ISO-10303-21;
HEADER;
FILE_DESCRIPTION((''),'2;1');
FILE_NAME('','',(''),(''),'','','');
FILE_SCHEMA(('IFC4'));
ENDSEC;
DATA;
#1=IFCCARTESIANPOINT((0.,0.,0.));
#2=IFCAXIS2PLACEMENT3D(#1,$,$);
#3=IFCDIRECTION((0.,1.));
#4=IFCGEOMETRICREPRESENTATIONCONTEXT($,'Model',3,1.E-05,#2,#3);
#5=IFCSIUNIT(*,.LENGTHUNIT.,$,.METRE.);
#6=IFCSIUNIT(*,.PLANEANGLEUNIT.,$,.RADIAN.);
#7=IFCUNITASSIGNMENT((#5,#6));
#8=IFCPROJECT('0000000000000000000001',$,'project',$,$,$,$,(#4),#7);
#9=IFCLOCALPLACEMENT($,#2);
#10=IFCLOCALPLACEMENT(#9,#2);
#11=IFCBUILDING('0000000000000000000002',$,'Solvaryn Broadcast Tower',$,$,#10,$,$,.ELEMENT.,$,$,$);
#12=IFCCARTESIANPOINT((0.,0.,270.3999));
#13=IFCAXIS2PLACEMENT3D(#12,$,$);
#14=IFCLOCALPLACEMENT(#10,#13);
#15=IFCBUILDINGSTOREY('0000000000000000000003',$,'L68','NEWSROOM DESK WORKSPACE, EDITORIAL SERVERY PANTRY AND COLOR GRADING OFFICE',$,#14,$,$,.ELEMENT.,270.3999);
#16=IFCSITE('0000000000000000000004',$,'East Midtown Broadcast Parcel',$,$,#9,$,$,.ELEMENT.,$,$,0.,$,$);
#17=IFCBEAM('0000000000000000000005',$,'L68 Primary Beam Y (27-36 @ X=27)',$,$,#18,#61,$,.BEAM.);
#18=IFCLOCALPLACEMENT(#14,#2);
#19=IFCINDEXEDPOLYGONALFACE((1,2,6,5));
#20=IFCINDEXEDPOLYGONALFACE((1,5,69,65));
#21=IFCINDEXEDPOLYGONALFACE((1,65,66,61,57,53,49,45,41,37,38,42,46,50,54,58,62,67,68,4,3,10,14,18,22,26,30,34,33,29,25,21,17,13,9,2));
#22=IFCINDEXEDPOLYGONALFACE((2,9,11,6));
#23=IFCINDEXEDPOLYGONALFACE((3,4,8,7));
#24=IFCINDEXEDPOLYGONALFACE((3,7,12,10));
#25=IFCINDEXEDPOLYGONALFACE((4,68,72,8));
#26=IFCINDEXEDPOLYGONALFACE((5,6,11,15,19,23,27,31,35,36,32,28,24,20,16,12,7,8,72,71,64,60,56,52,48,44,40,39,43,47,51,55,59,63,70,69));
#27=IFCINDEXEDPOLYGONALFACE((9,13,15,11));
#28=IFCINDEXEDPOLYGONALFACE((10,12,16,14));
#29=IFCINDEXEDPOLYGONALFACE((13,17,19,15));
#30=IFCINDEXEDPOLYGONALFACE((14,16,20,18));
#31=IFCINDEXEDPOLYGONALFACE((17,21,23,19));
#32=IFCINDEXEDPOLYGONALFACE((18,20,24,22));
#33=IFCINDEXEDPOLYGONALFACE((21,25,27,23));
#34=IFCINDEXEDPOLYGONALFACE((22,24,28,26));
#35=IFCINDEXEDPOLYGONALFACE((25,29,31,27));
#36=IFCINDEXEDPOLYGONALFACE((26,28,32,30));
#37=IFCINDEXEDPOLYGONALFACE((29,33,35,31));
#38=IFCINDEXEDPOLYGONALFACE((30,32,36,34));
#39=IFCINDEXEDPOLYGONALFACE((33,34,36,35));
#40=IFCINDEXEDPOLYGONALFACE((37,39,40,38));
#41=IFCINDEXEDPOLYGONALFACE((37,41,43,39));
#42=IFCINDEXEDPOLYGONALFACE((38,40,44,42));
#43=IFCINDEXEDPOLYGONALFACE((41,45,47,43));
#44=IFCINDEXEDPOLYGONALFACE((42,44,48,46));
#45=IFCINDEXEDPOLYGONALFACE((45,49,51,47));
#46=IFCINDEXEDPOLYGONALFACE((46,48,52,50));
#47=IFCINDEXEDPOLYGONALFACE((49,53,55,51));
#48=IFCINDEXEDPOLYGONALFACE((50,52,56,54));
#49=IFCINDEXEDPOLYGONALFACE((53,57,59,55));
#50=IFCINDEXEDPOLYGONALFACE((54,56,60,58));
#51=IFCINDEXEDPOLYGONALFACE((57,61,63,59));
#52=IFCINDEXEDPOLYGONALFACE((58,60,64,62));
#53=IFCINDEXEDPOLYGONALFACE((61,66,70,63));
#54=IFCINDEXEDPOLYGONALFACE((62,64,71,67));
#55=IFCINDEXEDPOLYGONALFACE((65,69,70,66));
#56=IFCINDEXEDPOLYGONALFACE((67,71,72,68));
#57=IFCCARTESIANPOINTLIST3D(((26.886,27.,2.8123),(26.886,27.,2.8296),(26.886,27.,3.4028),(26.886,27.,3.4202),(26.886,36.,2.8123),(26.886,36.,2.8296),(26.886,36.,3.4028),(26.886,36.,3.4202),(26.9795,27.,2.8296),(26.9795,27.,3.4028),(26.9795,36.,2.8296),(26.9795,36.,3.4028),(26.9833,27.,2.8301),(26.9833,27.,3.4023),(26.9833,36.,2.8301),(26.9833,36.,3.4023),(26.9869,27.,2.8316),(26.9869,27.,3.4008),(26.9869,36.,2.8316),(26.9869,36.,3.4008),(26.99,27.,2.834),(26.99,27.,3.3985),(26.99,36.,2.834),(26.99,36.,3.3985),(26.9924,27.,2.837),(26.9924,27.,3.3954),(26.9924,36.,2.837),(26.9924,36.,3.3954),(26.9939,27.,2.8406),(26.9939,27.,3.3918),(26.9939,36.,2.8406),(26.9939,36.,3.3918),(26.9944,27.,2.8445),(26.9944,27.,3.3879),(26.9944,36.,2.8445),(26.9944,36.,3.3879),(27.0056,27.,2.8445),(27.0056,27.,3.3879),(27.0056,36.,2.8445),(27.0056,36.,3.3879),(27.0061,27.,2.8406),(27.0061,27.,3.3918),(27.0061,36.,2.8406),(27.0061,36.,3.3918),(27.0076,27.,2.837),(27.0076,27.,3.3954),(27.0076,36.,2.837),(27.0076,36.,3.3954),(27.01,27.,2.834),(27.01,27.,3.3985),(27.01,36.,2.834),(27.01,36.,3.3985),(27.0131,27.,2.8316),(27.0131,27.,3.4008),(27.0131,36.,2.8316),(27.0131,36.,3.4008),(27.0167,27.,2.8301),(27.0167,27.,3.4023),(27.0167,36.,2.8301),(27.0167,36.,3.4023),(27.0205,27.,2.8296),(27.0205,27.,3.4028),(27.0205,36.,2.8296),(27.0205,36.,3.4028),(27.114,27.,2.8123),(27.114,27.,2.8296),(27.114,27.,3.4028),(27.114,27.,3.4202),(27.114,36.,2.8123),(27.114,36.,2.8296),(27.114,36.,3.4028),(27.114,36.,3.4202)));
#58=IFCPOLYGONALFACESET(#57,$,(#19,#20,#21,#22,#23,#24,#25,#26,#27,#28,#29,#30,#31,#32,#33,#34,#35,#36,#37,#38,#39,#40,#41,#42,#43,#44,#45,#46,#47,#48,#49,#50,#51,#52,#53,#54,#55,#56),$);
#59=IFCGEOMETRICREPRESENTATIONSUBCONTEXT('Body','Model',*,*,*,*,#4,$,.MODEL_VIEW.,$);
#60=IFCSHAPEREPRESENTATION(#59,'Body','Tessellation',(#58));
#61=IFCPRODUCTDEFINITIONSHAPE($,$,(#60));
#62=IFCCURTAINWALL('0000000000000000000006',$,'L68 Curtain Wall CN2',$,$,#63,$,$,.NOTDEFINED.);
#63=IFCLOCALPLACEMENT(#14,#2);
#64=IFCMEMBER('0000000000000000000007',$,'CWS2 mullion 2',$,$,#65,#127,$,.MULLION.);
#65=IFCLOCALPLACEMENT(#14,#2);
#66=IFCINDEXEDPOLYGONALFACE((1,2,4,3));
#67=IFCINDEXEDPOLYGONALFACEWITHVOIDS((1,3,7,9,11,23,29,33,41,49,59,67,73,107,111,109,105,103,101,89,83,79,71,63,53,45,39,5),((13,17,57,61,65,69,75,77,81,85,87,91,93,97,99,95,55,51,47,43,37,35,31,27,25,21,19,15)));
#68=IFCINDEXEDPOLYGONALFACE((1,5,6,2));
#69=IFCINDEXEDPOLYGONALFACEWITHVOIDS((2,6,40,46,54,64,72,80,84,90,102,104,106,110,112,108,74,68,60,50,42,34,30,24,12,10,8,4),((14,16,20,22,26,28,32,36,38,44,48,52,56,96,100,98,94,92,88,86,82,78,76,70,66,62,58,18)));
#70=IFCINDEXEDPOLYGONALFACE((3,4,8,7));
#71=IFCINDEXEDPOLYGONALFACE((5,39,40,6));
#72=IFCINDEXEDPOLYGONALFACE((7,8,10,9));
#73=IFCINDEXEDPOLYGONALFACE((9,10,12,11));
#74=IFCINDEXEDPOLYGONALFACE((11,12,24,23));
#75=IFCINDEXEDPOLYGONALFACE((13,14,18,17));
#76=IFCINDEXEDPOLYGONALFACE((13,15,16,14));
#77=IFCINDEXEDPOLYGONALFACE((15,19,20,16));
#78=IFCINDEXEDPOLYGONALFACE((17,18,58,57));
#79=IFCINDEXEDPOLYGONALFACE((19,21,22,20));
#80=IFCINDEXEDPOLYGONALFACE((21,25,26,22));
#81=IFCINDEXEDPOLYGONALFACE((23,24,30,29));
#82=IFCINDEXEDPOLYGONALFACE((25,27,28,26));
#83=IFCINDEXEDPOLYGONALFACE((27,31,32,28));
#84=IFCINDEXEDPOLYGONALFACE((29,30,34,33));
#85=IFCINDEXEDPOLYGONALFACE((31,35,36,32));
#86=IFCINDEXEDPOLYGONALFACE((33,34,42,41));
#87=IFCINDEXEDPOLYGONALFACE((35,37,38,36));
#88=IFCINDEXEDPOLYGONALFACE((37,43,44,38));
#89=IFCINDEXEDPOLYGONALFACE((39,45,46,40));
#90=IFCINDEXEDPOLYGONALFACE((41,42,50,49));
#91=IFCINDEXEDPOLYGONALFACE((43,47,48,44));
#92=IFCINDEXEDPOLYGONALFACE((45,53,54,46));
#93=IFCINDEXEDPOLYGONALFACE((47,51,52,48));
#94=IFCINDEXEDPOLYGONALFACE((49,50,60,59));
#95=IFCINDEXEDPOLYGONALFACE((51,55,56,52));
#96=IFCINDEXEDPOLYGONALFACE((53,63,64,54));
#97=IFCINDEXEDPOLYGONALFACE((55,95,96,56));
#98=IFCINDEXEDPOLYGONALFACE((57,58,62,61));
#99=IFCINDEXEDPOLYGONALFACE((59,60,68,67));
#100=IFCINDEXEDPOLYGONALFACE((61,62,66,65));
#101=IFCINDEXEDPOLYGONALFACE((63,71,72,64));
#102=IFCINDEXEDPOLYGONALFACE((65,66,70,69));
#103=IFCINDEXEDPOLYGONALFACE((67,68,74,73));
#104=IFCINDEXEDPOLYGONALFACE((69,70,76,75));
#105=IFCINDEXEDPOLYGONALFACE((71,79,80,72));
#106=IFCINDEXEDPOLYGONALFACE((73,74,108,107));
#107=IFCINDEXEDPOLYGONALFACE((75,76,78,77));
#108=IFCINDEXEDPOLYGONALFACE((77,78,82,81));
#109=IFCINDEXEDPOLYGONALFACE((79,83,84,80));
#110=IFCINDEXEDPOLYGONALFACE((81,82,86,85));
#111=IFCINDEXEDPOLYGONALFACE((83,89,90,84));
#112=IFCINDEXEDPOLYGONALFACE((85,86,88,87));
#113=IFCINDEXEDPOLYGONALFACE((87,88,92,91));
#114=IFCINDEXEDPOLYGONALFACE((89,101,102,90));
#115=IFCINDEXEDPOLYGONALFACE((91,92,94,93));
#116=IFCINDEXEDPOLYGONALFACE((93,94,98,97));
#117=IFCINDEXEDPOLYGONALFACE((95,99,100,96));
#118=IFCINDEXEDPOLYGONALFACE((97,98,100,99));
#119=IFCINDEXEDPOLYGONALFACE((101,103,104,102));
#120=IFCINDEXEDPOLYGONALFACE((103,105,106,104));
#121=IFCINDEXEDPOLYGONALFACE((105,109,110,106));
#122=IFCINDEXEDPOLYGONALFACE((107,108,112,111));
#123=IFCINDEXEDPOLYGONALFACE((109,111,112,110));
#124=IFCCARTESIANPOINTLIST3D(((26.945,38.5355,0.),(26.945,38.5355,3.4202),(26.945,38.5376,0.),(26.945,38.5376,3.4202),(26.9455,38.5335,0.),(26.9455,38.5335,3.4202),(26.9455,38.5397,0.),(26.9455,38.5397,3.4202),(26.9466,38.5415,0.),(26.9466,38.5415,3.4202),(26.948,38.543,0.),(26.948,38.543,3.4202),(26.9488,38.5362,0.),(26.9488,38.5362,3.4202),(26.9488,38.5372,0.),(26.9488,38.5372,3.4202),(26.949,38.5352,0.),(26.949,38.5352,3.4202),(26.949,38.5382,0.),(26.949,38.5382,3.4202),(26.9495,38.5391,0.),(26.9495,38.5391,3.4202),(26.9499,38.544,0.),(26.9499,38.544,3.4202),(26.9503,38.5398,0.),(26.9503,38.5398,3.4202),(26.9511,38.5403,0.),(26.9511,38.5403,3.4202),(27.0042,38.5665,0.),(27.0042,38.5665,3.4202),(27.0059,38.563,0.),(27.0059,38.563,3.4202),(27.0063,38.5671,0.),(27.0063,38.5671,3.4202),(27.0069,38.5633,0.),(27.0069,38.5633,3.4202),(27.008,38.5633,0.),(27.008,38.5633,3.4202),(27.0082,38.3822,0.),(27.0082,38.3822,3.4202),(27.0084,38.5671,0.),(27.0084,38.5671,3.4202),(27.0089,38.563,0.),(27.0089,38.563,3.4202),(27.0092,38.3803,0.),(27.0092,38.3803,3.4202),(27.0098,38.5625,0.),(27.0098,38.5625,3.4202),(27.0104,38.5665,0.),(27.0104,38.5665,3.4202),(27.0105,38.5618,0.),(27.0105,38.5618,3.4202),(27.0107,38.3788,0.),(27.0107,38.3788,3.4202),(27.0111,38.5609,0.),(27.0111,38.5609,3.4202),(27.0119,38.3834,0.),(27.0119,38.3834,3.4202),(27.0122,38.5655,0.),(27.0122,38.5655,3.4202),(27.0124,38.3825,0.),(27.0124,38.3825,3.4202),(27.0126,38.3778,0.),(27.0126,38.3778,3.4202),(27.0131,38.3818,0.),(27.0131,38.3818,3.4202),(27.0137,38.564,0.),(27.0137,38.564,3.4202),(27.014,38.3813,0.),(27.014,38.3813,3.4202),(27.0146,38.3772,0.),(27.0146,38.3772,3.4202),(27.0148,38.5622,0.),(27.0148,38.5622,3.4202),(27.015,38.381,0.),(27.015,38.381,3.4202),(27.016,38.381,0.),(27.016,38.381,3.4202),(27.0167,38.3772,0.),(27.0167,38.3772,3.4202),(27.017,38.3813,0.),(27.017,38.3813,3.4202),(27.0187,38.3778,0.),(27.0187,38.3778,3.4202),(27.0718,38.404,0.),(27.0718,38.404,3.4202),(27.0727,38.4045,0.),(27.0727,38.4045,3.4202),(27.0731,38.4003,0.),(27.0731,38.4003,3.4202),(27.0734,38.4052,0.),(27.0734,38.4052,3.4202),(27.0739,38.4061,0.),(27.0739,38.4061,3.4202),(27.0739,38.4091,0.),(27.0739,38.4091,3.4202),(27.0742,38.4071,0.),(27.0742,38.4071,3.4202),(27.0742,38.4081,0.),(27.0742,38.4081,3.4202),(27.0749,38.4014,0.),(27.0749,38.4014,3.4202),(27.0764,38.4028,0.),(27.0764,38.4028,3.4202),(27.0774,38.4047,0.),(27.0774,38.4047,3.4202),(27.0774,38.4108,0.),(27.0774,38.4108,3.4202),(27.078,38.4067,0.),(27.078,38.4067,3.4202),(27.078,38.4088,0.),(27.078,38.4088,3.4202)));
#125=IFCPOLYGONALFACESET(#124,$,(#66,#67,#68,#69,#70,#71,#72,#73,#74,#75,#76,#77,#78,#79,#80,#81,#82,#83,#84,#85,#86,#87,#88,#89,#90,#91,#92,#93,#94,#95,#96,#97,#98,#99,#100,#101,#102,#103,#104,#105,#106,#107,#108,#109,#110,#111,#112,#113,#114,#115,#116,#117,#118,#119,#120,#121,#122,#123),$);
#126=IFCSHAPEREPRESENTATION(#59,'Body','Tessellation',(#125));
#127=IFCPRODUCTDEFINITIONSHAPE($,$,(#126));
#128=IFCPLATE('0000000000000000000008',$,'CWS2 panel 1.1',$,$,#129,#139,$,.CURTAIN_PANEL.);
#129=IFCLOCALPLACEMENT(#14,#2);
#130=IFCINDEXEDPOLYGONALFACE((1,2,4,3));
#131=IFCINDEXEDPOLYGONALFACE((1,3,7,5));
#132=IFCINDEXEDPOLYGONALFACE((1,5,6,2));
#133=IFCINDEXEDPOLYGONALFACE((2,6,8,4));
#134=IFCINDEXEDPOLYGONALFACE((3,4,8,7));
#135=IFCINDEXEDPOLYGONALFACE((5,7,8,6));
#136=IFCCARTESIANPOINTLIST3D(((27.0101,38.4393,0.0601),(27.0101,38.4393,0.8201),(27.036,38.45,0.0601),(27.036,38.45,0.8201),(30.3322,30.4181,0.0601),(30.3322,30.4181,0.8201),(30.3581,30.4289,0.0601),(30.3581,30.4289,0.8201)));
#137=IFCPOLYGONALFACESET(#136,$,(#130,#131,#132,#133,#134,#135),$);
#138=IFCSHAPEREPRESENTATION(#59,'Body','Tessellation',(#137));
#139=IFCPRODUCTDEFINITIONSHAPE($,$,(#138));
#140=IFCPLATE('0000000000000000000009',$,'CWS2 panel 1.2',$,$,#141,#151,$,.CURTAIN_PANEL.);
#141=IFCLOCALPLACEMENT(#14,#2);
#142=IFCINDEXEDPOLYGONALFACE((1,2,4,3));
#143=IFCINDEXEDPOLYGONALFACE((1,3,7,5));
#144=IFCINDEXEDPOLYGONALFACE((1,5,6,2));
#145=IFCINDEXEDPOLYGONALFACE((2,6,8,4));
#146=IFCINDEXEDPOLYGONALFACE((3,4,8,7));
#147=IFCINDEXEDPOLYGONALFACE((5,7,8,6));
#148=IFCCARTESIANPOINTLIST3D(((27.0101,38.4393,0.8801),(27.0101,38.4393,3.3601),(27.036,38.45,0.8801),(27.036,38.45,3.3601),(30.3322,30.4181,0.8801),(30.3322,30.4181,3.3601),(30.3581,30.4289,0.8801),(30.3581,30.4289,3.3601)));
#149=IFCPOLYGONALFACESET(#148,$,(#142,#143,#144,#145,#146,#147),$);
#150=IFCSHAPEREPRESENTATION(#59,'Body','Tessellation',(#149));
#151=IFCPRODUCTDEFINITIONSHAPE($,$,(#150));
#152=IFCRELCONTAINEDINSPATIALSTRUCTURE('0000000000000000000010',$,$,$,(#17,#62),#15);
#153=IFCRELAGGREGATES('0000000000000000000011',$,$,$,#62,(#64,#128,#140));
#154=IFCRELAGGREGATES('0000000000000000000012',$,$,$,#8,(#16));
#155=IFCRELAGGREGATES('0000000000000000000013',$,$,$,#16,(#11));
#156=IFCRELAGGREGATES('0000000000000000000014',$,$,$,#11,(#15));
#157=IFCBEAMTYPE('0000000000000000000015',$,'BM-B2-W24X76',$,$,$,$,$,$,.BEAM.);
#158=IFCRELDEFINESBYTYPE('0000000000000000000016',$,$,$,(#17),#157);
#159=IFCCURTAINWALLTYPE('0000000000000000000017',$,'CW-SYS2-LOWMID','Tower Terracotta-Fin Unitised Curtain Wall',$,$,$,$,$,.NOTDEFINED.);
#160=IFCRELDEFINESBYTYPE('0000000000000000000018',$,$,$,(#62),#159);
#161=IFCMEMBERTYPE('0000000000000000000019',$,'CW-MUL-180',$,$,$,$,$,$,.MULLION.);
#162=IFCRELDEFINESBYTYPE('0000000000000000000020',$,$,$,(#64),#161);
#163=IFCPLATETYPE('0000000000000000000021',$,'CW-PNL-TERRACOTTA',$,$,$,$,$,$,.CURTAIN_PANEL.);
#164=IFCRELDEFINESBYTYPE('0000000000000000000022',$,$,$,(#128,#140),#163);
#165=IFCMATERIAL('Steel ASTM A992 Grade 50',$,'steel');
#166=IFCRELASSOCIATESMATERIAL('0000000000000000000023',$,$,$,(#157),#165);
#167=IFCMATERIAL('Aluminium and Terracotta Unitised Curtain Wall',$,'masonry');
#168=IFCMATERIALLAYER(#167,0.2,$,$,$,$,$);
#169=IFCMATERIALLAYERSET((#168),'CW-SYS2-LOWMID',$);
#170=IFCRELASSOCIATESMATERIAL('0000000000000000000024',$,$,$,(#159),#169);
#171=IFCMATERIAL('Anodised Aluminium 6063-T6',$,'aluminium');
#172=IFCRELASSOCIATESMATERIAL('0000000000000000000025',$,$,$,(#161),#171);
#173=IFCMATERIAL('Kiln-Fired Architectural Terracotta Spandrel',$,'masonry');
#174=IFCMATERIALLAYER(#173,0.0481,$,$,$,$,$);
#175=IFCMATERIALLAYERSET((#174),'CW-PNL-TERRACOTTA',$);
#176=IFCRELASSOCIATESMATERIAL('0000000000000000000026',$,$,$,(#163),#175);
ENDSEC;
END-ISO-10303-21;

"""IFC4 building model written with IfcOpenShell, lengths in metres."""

from ifc_helpers import new_model, si_unit, direction, frame, origin, origin_2d, place, context, subcontext, project, spatial, rectangle, hollow_rectangle, i_section, extrude, material, layer, layer_set, material_profile, profile_set, type_object, element, aggregate, save


model = new_model("IFC4")

# Units and contexts
model_context = context("Model", 3, precision=1e-05, world=origin(), true_north=direction((0.0, 1.0)))
body_context = subcontext(model_context, "Body", "Model", "MODEL_VIEW")
ifc_project = project(units=[si_unit("LENGTHUNIT", "METRE"), si_unit("PLANEANGLEUNIT", "RADIAN")], contexts=[model_context])

# Site, building, storey
site_placement = place(None, origin())
site = spatial("IfcSite", under=ifc_project, at=site_placement, Name="East Midtown Broadcast Parcel", CompositionType="ELEMENT", RefElevation=0.0)
building_placement = place(site_placement, origin())
building = spatial("IfcBuilding", under=site, at=building_placement, Name="Solvaryn Broadcast Tower", CompositionType="ELEMENT")
storey_placement = place(building_placement, frame((0.0, 0.0, 270.3999)))
storey = spatial("IfcBuildingStorey", under=building, at=storey_placement, Name="L68", Description="NEWSROOM DESK WORKSPACE, EDITORIAL SERVERY PANTRY AND COLOR GRADING OFFICE", CompositionType="ELEMENT", Elevation=270.3999)

# Beam
ifc_material_1 = material(Name="Steel ASTM A992 Grade 50", Category="steel")
ifc_material_profile_1 = material_profile(ifc_material_1, i_section(OverallWidth=0.228, OverallDepth=0.6079, WebThickness=0.0112, FlangeThickness=0.0173, FilletRadius=0.0149, at=origin_2d()))
ifc_profile_set_1 = profile_set([ifc_material_profile_1], Name="Steel ASTM A992 Grade 50")
beam_type_1 = type_object("IfcBeamType", Name="BM-B2-W24X76", PredefinedType="BEAM", material=ifc_profile_set_1)
beam_1_placement = place(storey_placement, frame((27.0, 27.0, 3.1162), z_axis=(0.0, 1.0, 0.0), x_axis=(-1.0, 0.0, 0.0)))
element("IfcBeam", 1, at=beam_1_placement, inside=storey, type_object=beam_type_1, Name="L68 Primary Beam Y (27-36 @ X=27)", PredefinedType="BEAM", context=body_context, shape_type="SweptSolid", body=[
    extrude(i_section(OverallWidth=0.228, OverallDepth=0.6079, WebThickness=0.0112, FlangeThickness=0.0173, FilletRadius=0.0149, at=origin_2d()), origin(), (0.0, 0.0, 1.0), 9.0),
])

# Curtain wall, member, plates
ifc_material_2 = material(Name="Aluminium and Terracotta Unitised Curtain Wall", Category="masonry")
ifc_layer_1 = layer(ifc_material_2, 0.2)
ifc_layer_set_1 = layer_set([ifc_layer_1], Name="CW-SYS2-LOWMID")
curtain_wall_type = type_object("IfcCurtainWallType", Name="CW-SYS2-LOWMID", Description="Tower Terracotta-Fin Unitised Curtain Wall", PredefinedType="NOTDEFINED", material=ifc_layer_set_1)
curtain_wall_placement = place(storey_placement, origin())
curtain_wall = element("IfcCurtainWall", 2, at=curtain_wall_placement, inside=storey, type_object=curtain_wall_type, Name="L68 Curtain Wall CN2", PredefinedType="NOTDEFINED")
ifc_material_3 = material(Name="Anodised Aluminium 6063-T6", Category="aluminium")
ifc_material_profile_2 = material_profile(ifc_material_3, hollow_rectangle(XDim=0.075, YDim=0.1799, WallThickness=0.0039, InnerFilletRadius=0.0039, OuterFilletRadius=0.0081, at=origin_2d()))
ifc_profile_set_2 = profile_set([ifc_material_profile_2], Name="Anodised Aluminium 6063-T6")
member_type = type_object("IfcMemberType", Name="CW-MUL-180", PredefinedType="MULLION", material=ifc_profile_set_2)
member_placement = place(storey_placement, frame((27.0115, 38.4722, 0.0), z_axis=(0.0, 0.0, 1.0), x_axis=(-0.923895, -0.382646, 0.0)))
member = element("IfcMember", 3, at=member_placement, type_object=member_type, Name="CWS2 mullion 2", PredefinedType="MULLION", context=body_context, shape_type="SweptSolid", body=[
    extrude(hollow_rectangle(XDim=0.075, YDim=0.1799, WallThickness=0.0039, InnerFilletRadius=0.0039, OuterFilletRadius=0.0081, at=origin_2d()), origin(), (0.0, 0.0, 1.0), 3.4202),
])
ifc_material_4 = material(Name="Kiln-Fired Architectural Terracotta Spandrel", Category="masonry")
ifc_layer_2 = layer(ifc_material_4, 0.0481)
ifc_layer_set_2 = layer_set([ifc_layer_2], Name="CW-PNL-TERRACOTTA")
plate_type = type_object("IfcPlateType", Name="CW-PNL-TERRACOTTA", PredefinedType="CURTAIN_PANEL", material=ifc_layer_set_2)
plate_1_placement = place(storey_placement, frame((28.6841, 34.4341, 0.0601), z_axis=(0.0, 0.0, 1.0), x_axis=(-0.382646, 0.923895, 0.0)))
plate_1 = element("IfcPlate", 4, at=plate_1_placement, type_object=plate_type, Name="CWS2 panel 1.1", PredefinedType="CURTAIN_PANEL", context=body_context, shape_type="SweptSolid", body=[
    extrude(rectangle(XDim=8.6819, YDim=0.0281, at=origin_2d()), origin(), (0.0, 0.0, 1.0), 0.76),
])
plate_2_placement = place(storey_placement, frame((28.6841, 34.4341, 0.8801), z_axis=(0.0, 0.0, 1.0), x_axis=(-0.382646, 0.923895, 0.0)))
plate_2 = element("IfcPlate", 5, at=plate_2_placement, type_object=plate_type, Name="CWS2 panel 1.2", PredefinedType="CURTAIN_PANEL", context=body_context, shape_type="SweptSolid", body=[
    extrude(rectangle(XDim=8.6819, YDim=0.0281, at=origin_2d()), origin(), (0.0, 0.0, 1.0), 2.48),
])
aggregate(curtain_wall, [member, plate_1, plate_2])

save(model, "model.ifc")
